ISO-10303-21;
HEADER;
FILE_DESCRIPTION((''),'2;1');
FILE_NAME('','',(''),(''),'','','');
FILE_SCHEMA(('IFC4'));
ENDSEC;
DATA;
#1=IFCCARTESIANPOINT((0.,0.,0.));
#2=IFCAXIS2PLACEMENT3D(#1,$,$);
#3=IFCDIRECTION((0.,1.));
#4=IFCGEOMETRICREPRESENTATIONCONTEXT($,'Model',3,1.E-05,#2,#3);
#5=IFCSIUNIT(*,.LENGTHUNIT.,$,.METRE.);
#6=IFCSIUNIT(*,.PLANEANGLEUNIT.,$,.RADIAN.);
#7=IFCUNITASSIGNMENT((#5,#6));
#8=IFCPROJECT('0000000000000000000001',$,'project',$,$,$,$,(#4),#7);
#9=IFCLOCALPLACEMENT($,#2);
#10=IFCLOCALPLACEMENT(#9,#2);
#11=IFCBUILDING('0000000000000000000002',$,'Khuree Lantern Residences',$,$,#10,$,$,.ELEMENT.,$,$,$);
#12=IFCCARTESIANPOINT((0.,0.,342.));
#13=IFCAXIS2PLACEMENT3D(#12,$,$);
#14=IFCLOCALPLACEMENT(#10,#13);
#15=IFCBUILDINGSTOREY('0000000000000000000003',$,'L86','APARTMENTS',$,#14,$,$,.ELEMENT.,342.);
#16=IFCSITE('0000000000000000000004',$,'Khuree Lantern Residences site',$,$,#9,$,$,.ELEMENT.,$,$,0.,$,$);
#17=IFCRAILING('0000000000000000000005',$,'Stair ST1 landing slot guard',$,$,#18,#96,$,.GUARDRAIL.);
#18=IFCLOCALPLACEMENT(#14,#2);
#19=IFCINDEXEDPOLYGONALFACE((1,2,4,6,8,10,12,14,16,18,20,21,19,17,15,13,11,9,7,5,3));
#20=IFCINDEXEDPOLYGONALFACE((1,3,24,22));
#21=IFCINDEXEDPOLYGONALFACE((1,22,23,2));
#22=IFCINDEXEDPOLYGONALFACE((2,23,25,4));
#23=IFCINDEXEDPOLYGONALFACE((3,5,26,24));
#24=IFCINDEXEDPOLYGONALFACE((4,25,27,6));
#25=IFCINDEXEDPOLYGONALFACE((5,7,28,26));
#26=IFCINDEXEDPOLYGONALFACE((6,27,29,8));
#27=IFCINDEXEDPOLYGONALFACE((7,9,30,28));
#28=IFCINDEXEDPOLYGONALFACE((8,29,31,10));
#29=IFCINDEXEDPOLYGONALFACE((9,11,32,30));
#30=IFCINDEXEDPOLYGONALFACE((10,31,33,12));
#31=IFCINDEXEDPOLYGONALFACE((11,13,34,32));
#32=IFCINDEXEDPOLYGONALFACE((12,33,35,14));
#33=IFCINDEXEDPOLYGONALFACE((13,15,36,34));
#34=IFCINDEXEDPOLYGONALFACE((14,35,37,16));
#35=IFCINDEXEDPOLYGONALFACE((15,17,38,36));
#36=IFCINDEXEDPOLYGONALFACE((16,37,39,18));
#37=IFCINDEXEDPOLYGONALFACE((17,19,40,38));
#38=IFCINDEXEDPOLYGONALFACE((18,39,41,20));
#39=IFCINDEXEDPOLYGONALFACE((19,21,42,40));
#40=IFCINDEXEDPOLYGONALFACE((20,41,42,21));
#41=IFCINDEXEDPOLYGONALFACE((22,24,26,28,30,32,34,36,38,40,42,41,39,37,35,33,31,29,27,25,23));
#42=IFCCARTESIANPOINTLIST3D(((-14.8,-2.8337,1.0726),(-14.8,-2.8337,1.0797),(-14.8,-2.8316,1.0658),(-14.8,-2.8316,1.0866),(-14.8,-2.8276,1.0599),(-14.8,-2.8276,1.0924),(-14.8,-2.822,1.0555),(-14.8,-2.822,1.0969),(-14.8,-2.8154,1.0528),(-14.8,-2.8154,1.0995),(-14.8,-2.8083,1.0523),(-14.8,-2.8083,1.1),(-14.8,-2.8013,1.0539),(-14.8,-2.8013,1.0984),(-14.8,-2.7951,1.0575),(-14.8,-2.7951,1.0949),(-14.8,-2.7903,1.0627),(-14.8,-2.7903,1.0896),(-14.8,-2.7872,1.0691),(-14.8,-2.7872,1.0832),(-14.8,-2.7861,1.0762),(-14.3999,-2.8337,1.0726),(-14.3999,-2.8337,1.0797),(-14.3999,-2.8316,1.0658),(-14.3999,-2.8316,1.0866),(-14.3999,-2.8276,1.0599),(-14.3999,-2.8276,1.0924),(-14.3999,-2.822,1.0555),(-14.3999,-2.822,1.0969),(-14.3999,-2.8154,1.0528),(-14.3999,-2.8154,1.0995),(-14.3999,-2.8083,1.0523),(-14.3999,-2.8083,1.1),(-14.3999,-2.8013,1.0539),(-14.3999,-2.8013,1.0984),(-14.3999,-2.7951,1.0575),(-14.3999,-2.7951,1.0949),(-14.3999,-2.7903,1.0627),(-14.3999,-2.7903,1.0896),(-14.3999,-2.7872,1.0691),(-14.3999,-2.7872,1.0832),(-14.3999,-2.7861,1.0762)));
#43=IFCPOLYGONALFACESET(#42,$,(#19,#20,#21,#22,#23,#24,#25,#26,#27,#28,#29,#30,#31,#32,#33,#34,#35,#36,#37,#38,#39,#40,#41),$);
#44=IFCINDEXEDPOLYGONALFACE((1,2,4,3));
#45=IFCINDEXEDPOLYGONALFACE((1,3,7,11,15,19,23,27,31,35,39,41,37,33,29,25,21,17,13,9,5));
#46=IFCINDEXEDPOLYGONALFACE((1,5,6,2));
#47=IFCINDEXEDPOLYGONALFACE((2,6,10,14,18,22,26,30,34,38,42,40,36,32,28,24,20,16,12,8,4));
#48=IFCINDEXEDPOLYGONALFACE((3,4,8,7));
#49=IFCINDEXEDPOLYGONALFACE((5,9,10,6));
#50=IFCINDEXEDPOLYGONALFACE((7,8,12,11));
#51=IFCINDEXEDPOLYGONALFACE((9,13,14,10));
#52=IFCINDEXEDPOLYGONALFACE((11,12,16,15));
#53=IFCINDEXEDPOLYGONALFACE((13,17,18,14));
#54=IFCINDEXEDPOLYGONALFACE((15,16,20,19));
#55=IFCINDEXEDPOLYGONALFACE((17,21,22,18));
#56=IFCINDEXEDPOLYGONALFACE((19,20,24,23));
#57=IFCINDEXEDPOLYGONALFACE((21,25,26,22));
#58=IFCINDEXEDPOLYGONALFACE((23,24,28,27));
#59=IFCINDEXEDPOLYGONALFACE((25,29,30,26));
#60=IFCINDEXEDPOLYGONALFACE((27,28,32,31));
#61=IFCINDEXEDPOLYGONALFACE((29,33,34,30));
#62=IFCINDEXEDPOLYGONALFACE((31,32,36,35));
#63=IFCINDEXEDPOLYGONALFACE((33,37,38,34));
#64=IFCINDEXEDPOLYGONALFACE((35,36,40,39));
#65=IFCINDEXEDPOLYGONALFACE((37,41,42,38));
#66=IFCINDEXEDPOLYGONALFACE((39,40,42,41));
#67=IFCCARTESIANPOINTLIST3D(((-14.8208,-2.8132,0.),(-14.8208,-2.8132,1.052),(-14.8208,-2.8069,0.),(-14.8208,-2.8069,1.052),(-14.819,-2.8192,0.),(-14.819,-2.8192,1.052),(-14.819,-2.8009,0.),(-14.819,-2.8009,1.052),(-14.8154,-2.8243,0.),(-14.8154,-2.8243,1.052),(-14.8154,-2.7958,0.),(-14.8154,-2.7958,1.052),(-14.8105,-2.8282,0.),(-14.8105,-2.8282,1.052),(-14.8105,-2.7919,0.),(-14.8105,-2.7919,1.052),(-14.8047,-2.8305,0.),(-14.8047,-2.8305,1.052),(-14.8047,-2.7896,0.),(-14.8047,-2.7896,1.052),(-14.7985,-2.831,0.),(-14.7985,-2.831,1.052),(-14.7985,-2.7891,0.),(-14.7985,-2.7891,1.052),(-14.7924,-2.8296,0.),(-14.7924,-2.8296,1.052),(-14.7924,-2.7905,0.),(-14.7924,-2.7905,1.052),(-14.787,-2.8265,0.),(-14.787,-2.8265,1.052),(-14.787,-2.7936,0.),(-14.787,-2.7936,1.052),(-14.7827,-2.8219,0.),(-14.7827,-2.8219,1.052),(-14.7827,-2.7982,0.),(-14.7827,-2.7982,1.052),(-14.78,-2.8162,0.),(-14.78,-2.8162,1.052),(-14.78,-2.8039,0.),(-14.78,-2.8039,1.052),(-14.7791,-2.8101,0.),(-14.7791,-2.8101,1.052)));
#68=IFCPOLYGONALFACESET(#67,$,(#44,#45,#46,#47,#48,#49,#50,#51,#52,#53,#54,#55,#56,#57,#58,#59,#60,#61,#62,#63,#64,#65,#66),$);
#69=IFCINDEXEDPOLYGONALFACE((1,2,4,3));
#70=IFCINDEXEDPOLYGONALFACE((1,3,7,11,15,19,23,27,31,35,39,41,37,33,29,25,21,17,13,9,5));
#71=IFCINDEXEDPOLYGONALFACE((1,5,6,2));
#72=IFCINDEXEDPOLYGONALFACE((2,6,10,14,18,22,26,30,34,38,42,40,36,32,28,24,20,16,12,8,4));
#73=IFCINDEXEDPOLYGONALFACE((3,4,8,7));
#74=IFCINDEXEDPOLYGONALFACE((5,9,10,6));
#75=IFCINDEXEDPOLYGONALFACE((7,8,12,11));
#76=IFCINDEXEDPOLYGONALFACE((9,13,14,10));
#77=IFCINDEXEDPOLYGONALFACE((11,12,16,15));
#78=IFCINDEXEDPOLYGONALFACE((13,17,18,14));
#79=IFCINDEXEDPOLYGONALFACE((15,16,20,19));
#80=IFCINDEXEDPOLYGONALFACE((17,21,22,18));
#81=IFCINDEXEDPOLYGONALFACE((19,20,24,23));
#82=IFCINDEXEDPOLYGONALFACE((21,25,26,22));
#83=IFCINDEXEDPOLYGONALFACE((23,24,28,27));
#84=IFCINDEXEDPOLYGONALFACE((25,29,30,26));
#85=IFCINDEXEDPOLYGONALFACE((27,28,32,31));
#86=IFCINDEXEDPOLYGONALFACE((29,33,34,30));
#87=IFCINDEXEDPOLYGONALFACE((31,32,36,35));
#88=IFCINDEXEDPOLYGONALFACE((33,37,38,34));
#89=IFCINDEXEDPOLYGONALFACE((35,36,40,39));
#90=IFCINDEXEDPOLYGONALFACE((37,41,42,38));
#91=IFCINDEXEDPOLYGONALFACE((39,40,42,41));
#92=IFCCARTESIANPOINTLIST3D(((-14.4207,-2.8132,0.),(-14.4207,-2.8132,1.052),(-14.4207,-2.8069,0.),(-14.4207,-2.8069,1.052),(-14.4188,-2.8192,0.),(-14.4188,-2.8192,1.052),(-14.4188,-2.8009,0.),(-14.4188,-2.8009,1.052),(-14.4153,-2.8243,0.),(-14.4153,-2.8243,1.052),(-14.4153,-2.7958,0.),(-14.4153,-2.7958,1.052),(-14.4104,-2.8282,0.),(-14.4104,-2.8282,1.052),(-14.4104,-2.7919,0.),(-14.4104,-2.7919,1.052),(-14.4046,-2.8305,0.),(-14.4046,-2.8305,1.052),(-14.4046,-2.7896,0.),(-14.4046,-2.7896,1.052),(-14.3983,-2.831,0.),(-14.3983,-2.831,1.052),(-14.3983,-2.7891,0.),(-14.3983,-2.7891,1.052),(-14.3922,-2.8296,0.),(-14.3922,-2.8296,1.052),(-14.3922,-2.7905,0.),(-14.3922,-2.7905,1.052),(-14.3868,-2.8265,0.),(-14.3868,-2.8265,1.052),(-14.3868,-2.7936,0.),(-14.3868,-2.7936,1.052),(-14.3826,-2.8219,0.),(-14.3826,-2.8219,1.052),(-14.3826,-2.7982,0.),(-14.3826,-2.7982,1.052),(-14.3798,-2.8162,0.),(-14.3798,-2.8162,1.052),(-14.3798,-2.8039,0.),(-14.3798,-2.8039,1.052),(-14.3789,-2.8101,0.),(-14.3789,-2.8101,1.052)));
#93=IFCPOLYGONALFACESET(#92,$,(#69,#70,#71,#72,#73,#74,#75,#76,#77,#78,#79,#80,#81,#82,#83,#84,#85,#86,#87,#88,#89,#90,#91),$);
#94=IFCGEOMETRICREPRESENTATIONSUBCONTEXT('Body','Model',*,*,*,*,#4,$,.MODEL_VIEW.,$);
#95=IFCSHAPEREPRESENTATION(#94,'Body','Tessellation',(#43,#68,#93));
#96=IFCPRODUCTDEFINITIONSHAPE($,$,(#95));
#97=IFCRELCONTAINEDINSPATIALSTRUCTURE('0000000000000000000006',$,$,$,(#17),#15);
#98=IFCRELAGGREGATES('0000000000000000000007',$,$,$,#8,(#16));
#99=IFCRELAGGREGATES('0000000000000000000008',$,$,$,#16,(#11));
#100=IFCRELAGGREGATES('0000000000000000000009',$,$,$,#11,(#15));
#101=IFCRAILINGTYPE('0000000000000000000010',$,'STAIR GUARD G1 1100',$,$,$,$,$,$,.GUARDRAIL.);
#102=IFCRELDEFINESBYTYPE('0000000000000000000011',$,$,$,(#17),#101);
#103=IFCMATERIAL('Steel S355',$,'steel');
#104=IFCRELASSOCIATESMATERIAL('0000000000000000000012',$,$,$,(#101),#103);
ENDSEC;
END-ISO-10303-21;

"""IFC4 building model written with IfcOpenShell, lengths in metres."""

from ifc_helpers import new_model, si_unit, direction, frame, origin, origin_2d, place, context, subcontext, project, spatial, circle, extrude, material, type_object, element, save


model = new_model("IFC4")

# Units and contexts
model_context = context("Model", 3, precision=1e-05, world=origin(), true_north=direction((0.0, 1.0)))
body_context = subcontext(model_context, "Body", "Model", "MODEL_VIEW")
ifc_project = project(units=[si_unit("LENGTHUNIT", "METRE"), si_unit("PLANEANGLEUNIT", "RADIAN")], contexts=[model_context])

# Site, building, storey
site_placement = place(None, origin())
site = spatial("IfcSite", under=ifc_project, at=site_placement, Name="Khuree Lantern Residences site", CompositionType="ELEMENT", RefElevation=0.0)
building_placement = place(site_placement, origin())
building = spatial("IfcBuilding", under=site, at=building_placement, Name="Khuree Lantern Residences", CompositionType="ELEMENT")
storey_placement = place(building_placement, frame((0.0, 0.0, 342.0)))
storey = spatial("IfcBuildingStorey", under=building, at=storey_placement, Name="L86", Description="APARTMENTS", CompositionType="ELEMENT", Elevation=342.0)

# Railing
ifc_material_1 = material(Name="Steel S355", Category="steel")
railing_type_1 = type_object("IfcRailingType", Name="STAIR GUARD G1 1100", PredefinedType="GUARDRAIL", material=ifc_material_1)
railing_1_placement = place(storey_placement, frame((-14.8, -2.8101, 0.0)))
element("IfcRailing", 1, at=railing_1_placement, inside=storey, type_object=railing_type_1, Name="Stair ST1 landing slot guard", PredefinedType="GUARDRAIL", context=body_context, shape_type="SweptSolid", body=[
    extrude(circle(Radius=0.0239, at=origin_2d()), frame((0.0, 0.0, 1.0762), z_axis=(1.0, 0.0, 0.0), x_axis=(0.0, 1.0, 0.0)), (0.0, 0.0, 1.0), 0.4001),
    extrude(circle(Radius=0.021, at=origin_2d()), origin(), (0.0, 0.0, 1.0), 1.052),
    extrude(circle(Radius=0.021, at=origin_2d()), frame((0.4001, 0.0, 0.0)), (0.0, 0.0, 1.0), 1.052),
])

save(model, "model.ifc")
